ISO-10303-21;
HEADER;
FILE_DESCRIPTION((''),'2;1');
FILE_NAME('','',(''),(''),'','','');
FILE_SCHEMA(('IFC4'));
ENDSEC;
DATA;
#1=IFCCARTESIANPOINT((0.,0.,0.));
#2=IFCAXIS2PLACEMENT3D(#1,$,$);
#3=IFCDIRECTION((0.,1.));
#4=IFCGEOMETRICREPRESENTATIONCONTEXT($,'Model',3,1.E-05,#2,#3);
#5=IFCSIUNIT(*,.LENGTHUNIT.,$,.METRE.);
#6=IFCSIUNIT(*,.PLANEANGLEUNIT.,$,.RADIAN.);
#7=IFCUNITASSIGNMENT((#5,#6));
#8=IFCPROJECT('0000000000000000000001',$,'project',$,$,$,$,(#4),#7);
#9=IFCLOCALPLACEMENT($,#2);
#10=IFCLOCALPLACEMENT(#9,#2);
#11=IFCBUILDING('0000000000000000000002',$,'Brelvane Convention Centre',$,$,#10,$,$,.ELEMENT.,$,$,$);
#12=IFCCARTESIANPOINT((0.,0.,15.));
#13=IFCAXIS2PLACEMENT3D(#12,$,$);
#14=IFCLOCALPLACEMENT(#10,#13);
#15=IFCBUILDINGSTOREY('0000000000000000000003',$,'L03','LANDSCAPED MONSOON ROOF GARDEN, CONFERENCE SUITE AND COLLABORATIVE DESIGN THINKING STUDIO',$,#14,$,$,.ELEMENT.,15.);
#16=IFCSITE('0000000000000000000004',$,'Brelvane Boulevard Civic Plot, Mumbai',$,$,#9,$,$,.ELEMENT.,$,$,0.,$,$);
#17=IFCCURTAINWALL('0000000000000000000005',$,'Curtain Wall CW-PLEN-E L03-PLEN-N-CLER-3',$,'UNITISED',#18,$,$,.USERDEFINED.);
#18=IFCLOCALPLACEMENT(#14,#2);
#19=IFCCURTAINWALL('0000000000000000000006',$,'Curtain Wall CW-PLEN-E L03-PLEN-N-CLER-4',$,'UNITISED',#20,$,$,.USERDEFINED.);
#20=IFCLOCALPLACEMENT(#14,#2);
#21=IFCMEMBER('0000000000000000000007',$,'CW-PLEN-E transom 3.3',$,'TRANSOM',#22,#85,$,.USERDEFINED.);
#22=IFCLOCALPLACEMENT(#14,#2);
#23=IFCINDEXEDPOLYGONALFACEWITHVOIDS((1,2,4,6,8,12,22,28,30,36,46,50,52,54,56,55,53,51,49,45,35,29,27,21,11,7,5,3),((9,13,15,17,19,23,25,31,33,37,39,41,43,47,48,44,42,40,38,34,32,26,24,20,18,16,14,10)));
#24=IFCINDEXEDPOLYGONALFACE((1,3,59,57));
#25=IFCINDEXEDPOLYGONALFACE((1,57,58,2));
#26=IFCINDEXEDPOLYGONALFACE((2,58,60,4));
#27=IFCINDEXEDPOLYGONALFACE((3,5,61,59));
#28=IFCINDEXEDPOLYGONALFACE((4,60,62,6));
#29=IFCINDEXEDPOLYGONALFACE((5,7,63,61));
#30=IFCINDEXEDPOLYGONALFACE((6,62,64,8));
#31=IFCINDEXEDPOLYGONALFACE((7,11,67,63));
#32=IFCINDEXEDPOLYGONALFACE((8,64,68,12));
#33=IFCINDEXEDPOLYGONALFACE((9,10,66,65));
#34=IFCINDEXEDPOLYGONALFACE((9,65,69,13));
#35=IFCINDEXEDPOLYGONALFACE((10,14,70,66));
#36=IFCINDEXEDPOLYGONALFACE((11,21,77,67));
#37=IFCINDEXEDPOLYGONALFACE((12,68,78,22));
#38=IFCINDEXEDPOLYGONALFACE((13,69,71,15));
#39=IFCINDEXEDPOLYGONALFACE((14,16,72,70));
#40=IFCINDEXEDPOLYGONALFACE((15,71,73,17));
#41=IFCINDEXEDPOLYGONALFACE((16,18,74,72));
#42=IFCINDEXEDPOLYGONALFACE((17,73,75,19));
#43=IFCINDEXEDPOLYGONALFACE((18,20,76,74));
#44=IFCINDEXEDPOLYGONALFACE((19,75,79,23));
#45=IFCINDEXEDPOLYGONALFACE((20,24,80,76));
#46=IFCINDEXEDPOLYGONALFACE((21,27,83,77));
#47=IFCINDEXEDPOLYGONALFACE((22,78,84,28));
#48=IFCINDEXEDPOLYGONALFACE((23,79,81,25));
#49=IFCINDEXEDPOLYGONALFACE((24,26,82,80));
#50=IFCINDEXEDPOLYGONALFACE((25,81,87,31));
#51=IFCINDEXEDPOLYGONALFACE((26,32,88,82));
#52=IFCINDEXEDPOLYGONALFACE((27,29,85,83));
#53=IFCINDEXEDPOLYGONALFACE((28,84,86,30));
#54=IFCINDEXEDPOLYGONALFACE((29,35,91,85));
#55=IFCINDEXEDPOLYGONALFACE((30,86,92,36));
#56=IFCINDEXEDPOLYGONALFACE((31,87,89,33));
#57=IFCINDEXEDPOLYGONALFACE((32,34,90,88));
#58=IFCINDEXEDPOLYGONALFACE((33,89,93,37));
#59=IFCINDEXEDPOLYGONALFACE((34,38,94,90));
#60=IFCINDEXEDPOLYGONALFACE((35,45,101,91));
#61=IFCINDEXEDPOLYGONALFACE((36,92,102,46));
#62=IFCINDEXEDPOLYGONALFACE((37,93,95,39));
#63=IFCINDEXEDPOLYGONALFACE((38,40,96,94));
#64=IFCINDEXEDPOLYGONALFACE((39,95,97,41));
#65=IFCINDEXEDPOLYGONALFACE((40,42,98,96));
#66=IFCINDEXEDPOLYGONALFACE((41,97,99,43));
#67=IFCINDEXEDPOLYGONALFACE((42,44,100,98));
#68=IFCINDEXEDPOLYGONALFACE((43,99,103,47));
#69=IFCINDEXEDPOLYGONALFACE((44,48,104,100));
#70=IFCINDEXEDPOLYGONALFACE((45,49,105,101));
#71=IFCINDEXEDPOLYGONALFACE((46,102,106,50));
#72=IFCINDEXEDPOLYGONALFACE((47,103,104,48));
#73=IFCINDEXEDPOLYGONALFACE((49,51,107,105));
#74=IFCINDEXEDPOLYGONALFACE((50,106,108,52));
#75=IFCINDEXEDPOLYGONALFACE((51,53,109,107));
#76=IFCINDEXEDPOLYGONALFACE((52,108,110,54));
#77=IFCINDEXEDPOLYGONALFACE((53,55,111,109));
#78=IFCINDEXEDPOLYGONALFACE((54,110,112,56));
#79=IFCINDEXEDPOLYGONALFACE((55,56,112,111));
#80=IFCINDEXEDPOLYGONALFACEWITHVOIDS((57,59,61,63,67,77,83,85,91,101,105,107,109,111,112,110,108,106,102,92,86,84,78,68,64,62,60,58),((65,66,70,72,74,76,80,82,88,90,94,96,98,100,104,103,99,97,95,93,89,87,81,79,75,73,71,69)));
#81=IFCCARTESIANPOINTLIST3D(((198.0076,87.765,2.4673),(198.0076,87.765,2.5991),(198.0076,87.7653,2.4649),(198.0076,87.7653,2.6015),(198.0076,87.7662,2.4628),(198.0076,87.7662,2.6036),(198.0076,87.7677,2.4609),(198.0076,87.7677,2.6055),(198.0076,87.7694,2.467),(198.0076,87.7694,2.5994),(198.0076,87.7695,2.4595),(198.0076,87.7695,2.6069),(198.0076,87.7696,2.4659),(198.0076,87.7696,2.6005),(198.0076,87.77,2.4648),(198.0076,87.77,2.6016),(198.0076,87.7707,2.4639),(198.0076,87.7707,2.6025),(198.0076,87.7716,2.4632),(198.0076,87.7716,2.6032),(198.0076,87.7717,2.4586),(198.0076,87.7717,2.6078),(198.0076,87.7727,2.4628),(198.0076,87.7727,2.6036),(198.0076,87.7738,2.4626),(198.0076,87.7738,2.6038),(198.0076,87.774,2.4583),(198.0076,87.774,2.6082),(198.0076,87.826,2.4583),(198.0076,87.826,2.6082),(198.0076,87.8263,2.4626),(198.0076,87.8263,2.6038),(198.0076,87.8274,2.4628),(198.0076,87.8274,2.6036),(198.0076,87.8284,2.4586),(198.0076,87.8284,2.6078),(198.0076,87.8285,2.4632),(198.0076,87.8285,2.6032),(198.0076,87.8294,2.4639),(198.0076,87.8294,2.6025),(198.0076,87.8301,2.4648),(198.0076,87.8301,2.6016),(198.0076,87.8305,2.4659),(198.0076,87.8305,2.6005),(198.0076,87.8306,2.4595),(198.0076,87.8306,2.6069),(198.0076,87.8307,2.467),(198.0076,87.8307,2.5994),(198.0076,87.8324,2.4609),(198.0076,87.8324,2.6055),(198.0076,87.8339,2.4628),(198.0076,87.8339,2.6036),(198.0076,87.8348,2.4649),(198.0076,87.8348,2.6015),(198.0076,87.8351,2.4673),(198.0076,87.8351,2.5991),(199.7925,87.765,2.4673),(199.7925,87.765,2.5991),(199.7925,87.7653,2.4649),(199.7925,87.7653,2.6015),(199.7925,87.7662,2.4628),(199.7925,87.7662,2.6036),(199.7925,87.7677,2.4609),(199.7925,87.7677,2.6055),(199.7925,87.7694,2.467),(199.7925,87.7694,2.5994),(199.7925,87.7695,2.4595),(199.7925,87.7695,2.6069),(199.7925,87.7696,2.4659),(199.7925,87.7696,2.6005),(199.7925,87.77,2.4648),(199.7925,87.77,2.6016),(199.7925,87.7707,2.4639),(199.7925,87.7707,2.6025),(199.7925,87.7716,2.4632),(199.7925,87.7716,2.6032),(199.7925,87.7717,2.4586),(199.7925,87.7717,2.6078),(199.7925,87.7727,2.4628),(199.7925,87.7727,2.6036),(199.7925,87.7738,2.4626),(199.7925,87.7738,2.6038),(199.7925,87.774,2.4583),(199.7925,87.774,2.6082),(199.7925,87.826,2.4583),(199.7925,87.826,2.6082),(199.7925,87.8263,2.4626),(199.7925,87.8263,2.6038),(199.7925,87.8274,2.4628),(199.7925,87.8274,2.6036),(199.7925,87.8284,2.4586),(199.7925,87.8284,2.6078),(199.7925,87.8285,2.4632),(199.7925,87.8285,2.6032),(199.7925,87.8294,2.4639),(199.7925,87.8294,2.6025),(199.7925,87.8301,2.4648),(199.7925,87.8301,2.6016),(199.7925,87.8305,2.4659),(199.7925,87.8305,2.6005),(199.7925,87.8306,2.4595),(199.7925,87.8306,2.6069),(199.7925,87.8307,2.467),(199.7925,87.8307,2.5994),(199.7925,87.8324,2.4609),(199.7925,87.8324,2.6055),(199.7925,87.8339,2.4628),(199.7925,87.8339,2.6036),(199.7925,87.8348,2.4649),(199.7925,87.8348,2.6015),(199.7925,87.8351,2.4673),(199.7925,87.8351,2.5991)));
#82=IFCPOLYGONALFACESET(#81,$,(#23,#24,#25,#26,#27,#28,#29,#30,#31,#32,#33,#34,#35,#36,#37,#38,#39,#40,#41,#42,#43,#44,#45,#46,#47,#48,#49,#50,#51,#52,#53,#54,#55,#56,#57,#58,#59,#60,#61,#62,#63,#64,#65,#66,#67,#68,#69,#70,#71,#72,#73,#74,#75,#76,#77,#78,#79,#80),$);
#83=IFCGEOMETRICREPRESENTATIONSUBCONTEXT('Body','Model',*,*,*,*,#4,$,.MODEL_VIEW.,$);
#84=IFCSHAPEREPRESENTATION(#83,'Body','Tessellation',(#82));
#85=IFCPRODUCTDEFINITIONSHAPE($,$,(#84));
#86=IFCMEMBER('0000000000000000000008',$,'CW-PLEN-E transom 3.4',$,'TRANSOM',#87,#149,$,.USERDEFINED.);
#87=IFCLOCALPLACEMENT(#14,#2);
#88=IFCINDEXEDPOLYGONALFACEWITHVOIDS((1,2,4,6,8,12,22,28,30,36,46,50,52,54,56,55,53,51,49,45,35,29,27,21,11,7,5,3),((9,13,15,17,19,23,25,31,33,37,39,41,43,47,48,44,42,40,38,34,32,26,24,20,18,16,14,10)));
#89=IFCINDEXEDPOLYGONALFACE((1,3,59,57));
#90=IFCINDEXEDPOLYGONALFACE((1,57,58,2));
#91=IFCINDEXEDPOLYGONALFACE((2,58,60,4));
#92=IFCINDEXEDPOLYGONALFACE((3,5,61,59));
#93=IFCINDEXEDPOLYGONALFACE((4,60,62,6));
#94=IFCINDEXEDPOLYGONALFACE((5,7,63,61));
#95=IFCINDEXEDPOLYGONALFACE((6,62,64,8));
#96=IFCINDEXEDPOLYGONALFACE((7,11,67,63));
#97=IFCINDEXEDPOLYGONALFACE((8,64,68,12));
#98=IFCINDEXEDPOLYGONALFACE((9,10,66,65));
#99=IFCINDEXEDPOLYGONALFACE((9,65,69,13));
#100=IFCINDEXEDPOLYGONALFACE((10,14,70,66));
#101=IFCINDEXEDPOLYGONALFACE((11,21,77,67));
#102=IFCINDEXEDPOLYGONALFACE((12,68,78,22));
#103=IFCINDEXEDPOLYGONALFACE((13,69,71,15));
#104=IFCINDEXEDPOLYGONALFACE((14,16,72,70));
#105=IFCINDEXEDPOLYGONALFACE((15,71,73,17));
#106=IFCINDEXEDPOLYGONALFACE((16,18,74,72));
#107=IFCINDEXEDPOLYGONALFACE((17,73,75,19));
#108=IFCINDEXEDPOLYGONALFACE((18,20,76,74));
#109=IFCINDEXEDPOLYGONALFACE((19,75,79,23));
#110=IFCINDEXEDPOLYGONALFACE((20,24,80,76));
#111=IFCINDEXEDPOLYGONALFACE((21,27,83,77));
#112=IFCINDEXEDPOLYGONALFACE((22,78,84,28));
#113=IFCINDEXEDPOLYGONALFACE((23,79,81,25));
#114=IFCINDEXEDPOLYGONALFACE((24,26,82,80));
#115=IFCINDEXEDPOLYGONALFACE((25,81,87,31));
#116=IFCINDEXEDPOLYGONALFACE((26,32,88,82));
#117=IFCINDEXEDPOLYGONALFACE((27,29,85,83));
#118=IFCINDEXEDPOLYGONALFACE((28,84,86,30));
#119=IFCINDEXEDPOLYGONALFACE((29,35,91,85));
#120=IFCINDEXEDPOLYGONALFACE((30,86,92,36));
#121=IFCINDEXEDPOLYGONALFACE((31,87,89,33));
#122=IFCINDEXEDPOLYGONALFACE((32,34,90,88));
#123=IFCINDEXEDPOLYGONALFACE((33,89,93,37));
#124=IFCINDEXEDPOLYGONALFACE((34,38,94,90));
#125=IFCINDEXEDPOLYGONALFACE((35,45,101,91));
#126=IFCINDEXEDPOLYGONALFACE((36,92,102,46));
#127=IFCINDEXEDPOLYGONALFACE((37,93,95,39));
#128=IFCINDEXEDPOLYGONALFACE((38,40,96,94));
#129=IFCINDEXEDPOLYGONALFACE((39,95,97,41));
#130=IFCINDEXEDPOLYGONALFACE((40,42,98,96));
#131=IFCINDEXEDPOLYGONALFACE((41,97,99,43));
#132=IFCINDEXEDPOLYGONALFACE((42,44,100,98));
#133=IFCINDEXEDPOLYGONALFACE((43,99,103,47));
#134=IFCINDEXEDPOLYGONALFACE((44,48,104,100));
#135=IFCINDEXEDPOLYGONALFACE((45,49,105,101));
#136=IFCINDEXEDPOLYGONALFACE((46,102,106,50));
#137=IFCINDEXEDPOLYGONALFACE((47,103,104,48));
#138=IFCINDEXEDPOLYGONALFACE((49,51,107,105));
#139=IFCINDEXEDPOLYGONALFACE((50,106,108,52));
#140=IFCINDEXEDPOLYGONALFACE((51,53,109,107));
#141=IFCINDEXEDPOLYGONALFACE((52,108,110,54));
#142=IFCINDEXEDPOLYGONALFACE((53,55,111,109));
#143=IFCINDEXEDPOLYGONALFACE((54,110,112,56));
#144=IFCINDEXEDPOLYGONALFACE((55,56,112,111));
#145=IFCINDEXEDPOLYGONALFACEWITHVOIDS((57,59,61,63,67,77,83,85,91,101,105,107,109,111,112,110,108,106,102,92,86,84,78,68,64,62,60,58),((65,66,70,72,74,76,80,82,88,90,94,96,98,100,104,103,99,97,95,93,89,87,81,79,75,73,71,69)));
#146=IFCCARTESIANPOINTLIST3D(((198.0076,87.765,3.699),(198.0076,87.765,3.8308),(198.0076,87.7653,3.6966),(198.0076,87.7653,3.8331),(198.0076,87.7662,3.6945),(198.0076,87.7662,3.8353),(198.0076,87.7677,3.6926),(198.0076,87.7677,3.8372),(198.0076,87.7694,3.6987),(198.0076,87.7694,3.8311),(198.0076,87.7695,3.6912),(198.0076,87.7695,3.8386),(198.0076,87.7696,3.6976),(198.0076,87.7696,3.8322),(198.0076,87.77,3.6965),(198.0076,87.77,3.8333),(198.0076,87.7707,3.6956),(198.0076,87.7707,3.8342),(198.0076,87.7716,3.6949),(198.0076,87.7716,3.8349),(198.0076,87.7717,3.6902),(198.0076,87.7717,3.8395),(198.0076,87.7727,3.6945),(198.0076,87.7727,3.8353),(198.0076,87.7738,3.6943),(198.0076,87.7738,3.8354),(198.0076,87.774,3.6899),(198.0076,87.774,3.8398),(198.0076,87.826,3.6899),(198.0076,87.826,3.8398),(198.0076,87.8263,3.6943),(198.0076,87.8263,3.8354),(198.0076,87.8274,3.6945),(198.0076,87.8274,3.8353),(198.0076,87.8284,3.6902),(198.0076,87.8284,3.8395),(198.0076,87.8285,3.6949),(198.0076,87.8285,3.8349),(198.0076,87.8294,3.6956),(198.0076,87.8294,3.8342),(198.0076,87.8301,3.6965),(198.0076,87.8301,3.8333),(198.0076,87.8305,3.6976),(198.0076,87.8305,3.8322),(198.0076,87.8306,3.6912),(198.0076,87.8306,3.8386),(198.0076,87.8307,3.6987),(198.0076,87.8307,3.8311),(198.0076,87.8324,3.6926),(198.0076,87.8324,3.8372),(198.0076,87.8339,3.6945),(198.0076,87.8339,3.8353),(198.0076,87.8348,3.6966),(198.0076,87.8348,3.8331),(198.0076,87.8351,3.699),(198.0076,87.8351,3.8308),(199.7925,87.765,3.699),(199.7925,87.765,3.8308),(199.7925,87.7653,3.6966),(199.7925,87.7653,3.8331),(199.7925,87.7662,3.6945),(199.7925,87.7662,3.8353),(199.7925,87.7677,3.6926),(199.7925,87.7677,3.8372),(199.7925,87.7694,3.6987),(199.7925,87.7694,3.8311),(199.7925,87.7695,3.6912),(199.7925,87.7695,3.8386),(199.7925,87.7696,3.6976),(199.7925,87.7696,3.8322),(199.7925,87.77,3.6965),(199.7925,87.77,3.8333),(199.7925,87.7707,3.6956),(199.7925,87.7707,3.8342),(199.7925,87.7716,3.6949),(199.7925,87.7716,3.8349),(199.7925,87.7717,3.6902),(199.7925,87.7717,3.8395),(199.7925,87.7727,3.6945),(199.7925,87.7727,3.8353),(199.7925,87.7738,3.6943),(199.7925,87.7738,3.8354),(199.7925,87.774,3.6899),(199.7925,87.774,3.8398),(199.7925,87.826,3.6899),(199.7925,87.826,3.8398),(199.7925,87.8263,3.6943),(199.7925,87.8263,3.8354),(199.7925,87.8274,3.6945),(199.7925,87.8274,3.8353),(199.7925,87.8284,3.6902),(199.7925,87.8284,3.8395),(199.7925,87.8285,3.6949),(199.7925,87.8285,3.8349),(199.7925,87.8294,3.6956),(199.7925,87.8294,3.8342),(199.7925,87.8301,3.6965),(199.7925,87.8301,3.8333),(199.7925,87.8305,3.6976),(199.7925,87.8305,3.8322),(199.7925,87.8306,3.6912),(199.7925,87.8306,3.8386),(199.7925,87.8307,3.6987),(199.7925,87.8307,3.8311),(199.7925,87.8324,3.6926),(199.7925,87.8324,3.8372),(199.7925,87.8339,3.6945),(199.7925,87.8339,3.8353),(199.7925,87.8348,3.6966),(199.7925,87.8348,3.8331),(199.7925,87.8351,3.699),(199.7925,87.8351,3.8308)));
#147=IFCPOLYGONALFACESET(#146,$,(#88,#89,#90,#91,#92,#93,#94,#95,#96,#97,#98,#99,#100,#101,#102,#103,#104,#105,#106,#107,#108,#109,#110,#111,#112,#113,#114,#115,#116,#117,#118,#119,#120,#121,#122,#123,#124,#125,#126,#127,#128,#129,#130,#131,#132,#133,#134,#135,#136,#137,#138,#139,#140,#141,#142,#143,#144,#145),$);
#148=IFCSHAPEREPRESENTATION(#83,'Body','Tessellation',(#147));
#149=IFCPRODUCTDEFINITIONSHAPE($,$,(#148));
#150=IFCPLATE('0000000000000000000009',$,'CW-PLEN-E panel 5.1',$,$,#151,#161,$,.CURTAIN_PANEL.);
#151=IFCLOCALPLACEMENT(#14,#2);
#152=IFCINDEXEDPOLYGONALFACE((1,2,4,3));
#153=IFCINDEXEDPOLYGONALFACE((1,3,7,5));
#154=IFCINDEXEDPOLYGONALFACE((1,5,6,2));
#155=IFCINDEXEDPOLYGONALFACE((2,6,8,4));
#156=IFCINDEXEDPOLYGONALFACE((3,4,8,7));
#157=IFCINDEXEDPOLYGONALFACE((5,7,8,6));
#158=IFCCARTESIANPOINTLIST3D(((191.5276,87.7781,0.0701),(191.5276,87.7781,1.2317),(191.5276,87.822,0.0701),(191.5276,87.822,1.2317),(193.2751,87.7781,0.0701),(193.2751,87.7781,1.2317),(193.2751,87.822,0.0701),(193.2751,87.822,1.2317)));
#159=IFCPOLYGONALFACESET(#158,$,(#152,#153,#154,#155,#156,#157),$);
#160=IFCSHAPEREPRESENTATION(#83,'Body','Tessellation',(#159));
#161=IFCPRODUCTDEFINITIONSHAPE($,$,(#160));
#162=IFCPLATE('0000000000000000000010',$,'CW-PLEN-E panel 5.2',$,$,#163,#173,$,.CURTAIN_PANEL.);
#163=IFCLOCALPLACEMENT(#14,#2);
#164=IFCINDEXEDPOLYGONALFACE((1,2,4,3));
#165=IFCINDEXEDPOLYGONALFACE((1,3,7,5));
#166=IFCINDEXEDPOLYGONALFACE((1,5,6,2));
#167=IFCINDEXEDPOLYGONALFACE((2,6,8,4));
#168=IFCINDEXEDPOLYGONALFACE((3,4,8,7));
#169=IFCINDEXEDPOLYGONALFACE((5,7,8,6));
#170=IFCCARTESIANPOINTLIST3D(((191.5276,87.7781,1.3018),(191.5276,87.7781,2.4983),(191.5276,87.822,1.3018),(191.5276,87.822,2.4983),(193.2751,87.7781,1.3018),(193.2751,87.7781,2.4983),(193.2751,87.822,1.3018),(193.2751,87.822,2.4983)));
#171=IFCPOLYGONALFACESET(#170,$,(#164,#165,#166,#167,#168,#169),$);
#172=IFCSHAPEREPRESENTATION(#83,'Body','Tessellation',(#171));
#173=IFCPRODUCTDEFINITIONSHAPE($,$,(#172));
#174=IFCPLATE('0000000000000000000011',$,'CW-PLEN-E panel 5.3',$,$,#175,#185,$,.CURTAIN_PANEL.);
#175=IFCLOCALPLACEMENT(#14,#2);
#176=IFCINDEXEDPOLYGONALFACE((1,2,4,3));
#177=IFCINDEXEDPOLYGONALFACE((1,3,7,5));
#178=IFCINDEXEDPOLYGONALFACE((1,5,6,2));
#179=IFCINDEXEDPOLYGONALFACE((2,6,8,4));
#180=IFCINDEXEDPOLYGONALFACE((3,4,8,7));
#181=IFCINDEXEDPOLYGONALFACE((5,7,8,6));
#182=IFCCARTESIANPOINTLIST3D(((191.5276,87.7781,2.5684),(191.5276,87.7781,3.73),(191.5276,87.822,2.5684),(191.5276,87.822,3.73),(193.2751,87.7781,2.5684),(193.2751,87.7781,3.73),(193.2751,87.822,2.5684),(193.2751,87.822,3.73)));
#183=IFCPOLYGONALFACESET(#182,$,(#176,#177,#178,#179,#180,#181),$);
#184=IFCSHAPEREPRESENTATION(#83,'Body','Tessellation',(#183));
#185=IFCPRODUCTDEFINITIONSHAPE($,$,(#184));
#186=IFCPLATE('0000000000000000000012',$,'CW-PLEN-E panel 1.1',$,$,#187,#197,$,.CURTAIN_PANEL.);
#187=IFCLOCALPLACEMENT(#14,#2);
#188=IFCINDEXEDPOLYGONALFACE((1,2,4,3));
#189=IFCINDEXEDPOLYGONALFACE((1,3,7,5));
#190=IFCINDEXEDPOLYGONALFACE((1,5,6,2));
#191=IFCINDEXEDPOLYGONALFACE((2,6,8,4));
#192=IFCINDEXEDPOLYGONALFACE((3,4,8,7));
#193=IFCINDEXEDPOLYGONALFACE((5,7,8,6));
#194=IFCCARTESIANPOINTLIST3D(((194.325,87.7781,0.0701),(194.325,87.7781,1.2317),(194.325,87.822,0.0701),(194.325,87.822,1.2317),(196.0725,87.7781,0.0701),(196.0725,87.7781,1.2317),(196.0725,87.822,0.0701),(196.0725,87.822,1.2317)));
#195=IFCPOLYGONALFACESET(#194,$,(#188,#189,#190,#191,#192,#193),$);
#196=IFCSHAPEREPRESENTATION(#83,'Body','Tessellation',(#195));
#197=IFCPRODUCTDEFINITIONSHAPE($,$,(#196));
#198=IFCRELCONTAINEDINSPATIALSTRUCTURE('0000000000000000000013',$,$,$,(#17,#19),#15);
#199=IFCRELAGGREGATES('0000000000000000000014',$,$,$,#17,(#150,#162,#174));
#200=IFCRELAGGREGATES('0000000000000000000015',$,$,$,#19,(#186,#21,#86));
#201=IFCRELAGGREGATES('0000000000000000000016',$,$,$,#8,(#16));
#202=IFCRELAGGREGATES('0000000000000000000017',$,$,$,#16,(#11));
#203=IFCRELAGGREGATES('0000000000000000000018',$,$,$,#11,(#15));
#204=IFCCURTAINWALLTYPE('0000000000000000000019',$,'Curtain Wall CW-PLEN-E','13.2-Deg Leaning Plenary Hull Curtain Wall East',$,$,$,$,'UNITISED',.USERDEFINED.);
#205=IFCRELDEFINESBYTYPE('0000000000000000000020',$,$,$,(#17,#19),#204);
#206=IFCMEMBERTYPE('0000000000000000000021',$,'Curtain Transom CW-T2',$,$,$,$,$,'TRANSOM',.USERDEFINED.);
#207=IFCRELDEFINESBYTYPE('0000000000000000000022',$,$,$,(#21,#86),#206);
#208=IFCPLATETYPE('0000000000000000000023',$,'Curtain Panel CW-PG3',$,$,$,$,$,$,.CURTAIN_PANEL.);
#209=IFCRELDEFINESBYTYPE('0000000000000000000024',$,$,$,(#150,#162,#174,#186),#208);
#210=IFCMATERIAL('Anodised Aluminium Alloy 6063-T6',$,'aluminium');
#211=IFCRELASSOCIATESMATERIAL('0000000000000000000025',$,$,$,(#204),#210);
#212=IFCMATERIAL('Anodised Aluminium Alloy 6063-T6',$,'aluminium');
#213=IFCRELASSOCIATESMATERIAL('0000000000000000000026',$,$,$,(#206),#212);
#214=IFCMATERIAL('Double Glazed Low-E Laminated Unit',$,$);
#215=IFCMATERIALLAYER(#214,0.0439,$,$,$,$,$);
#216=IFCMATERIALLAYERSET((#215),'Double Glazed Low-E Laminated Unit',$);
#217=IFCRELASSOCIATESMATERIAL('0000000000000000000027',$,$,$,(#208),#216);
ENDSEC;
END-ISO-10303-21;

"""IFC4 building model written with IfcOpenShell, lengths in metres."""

from ifc_helpers import new_model, si_unit, direction, frame, origin, origin_2d, place, context, subcontext, project, spatial, rectangle, hollow_rectangle, extrude, material, layer, layer_set, material_profile, profile_set, type_object, element, aggregate, save


model = new_model("IFC4")

# Units and contexts
model_context = context("Model", 3, precision=1e-05, world=origin(), true_north=direction((0.0, 1.0)))
body_context = subcontext(model_context, "Body", "Model", "MODEL_VIEW")
ifc_project = project(units=[si_unit("LENGTHUNIT", "METRE"), si_unit("PLANEANGLEUNIT", "RADIAN")], contexts=[model_context])

# Site, building, storey
site_placement = place(None, origin())
site = spatial("IfcSite", under=ifc_project, at=site_placement, Name="Brelvane Boulevard Civic Plot, Mumbai", CompositionType="ELEMENT", RefElevation=0.0)
building_placement = place(site_placement, origin())
building = spatial("IfcBuilding", under=site, at=building_placement, Name="Brelvane Convention Centre", CompositionType="ELEMENT")
storey_placement = place(building_placement, frame((0.0, 0.0, 15.0)))
storey = spatial("IfcBuildingStorey", under=building, at=storey_placement, Name="L03", Description="LANDSCAPED MONSOON ROOF GARDEN, CONFERENCE SUITE AND COLLABORATIVE DESIGN THINKING STUDIO", CompositionType="ELEMENT", Elevation=15.0)

# Curtain wall
ifc_material_1 = material(Name="Anodised Aluminium Alloy 6063-T6", Category="aluminium")
curtain_wall_type = type_object("IfcCurtainWallType", Name="Curtain Wall CW-PLEN-E", Description="13.2-Deg Leaning Plenary Hull Curtain Wall East", ElementType="UNITISED", PredefinedType="USERDEFINED", material=ifc_material_1)
curtain_wall_1_placement = place(storey_placement, origin())
curtain_wall_1 = element("IfcCurtainWall", 1, at=curtain_wall_1_placement, inside=storey, type_object=curtain_wall_type, Name="Curtain Wall CW-PLEN-E L03-PLEN-N-CLER-3", ObjectType="UNITISED", PredefinedType="USERDEFINED")

# Curtain wall
curtain_wall_2_placement = place(storey_placement, origin())
curtain_wall_2 = element("IfcCurtainWall", 2, at=curtain_wall_2_placement, inside=storey, type_object=curtain_wall_type, Name="Curtain Wall CW-PLEN-E L03-PLEN-N-CLER-4", ObjectType="UNITISED", PredefinedType="USERDEFINED")

# Members
ifc_material_2 = material(Name="Anodised Aluminium Alloy 6063-T6", Category="aluminium")
ifc_material_profile_1 = material_profile(ifc_material_2, hollow_rectangle(XDim=0.0701, YDim=0.1499, WallThickness=0.0044, InnerFilletRadius=0.0044, OuterFilletRadius=0.009, at=origin_2d()), Name="ALU-T 150x70x4.5")
ifc_profile_set_1 = profile_set([ifc_material_profile_1], Name="Anodised Aluminium Alloy 6063-T6")
member_type_1 = type_object("IfcMemberType", Name="Curtain Transom CW-T2", ElementType="TRANSOM", PredefinedType="USERDEFINED", material=ifc_profile_set_1)
member_1_placement = place(storey_placement, frame((198.0076, 87.8, 2.5332), z_axis=(1.0, 0.0, 0.0), x_axis=(0.0, 1.0, 0.0)))
member_1 = element("IfcMember", 3, at=member_1_placement, type_object=member_type_1, Name="CW-PLEN-E transom 3.3", ObjectType="TRANSOM", PredefinedType="USERDEFINED", context=body_context, shape_type="SweptSolid", body=[
    extrude(hollow_rectangle(XDim=0.0701, YDim=0.1499, WallThickness=0.0044, InnerFilletRadius=0.0044, OuterFilletRadius=0.009, at=origin_2d()), origin(), (0.0, 0.0, 1.0), 1.7849),
])
member_2_placement = place(storey_placement, frame((198.0076, 87.8, 3.7649), z_axis=(1.0, 0.0, 0.0), x_axis=(0.0, 1.0, 0.0)))
member_2 = element("IfcMember", 4, at=member_2_placement, type_object=member_type_1, Name="CW-PLEN-E transom 3.4", ObjectType="TRANSOM", PredefinedType="USERDEFINED", context=body_context, shape_type="SweptSolid", body=[
    extrude(hollow_rectangle(XDim=0.0701, YDim=0.1499, WallThickness=0.0044, InnerFilletRadius=0.0044, OuterFilletRadius=0.009, at=origin_2d()), origin(), (0.0, 0.0, 1.0), 1.7849),
])

# Plates
ifc_material_3 = material(Name="Double Glazed Low-E Laminated Unit")
ifc_layer_1 = layer(ifc_material_3, 0.0439)
ifc_layer_set_1 = layer_set([ifc_layer_1], Name="Double Glazed Low-E Laminated Unit")
plate_type_1 = type_object("IfcPlateType", Name="Curtain Panel CW-PG3", PredefinedType="CURTAIN_PANEL", material=ifc_layer_set_1)
plate_1_placement = place(storey_placement, frame((192.4014, 87.8, 0.0701), z_axis=(0.0, 0.0, 1.0), x_axis=(1.0, 0.0, 0.0)))
plate_1 = element("IfcPlate", 5, at=plate_1_placement, type_object=plate_type_1, Name="CW-PLEN-E panel 5.1", PredefinedType="CURTAIN_PANEL", context=body_context, shape_type="SweptSolid", body=[
    extrude(rectangle(XDim=1.7476, YDim=0.0439, at=origin_2d()), origin(), (0.0, 0.0, 1.0), 1.1616),
])
plate_2_placement = place(storey_placement, frame((192.4014, 87.8, 1.3018), z_axis=(0.0, 0.0, 1.0), x_axis=(1.0, 0.0, 0.0)))
plate_2 = element("IfcPlate", 6, at=plate_2_placement, type_object=plate_type_1, Name="CW-PLEN-E panel 5.2", PredefinedType="CURTAIN_PANEL", context=body_context, shape_type="SweptSolid", body=[
    extrude(rectangle(XDim=1.7476, YDim=0.0439, at=origin_2d()), origin(), (0.0, 0.0, 1.0), 1.1965),
])
plate_3_placement = place(storey_placement, frame((192.4014, 87.8, 2.5684), z_axis=(0.0, 0.0, 1.0), x_axis=(1.0, 0.0, 0.0)))
plate_3 = element("IfcPlate", 7, at=plate_3_placement, type_object=plate_type_1, Name="CW-PLEN-E panel 5.3", PredefinedType="CURTAIN_PANEL", context=body_context, shape_type="SweptSolid", body=[
    extrude(rectangle(XDim=1.7476, YDim=0.0439, at=origin_2d()), origin(), (0.0, 0.0, 1.0), 1.1616),
])
aggregate(curtain_wall_1, [plate_1, plate_2, plate_3])
plate_4_placement = place(storey_placement, frame((195.1987, 87.8, 0.0701), z_axis=(0.0, 0.0, 1.0), x_axis=(1.0, 0.0, 0.0)))
plate_4 = element("IfcPlate", 8, at=plate_4_placement, type_object=plate_type_1, Name="CW-PLEN-E panel 1.1", PredefinedType="CURTAIN_PANEL", context=body_context, shape_type="SweptSolid", body=[
    extrude(rectangle(XDim=1.7476, YDim=0.0439, at=origin_2d()), origin(), (0.0, 0.0, 1.0), 1.1616),
])
aggregate(curtain_wall_2, [plate_4, member_1, member_2])

save(model, "model.ifc")
